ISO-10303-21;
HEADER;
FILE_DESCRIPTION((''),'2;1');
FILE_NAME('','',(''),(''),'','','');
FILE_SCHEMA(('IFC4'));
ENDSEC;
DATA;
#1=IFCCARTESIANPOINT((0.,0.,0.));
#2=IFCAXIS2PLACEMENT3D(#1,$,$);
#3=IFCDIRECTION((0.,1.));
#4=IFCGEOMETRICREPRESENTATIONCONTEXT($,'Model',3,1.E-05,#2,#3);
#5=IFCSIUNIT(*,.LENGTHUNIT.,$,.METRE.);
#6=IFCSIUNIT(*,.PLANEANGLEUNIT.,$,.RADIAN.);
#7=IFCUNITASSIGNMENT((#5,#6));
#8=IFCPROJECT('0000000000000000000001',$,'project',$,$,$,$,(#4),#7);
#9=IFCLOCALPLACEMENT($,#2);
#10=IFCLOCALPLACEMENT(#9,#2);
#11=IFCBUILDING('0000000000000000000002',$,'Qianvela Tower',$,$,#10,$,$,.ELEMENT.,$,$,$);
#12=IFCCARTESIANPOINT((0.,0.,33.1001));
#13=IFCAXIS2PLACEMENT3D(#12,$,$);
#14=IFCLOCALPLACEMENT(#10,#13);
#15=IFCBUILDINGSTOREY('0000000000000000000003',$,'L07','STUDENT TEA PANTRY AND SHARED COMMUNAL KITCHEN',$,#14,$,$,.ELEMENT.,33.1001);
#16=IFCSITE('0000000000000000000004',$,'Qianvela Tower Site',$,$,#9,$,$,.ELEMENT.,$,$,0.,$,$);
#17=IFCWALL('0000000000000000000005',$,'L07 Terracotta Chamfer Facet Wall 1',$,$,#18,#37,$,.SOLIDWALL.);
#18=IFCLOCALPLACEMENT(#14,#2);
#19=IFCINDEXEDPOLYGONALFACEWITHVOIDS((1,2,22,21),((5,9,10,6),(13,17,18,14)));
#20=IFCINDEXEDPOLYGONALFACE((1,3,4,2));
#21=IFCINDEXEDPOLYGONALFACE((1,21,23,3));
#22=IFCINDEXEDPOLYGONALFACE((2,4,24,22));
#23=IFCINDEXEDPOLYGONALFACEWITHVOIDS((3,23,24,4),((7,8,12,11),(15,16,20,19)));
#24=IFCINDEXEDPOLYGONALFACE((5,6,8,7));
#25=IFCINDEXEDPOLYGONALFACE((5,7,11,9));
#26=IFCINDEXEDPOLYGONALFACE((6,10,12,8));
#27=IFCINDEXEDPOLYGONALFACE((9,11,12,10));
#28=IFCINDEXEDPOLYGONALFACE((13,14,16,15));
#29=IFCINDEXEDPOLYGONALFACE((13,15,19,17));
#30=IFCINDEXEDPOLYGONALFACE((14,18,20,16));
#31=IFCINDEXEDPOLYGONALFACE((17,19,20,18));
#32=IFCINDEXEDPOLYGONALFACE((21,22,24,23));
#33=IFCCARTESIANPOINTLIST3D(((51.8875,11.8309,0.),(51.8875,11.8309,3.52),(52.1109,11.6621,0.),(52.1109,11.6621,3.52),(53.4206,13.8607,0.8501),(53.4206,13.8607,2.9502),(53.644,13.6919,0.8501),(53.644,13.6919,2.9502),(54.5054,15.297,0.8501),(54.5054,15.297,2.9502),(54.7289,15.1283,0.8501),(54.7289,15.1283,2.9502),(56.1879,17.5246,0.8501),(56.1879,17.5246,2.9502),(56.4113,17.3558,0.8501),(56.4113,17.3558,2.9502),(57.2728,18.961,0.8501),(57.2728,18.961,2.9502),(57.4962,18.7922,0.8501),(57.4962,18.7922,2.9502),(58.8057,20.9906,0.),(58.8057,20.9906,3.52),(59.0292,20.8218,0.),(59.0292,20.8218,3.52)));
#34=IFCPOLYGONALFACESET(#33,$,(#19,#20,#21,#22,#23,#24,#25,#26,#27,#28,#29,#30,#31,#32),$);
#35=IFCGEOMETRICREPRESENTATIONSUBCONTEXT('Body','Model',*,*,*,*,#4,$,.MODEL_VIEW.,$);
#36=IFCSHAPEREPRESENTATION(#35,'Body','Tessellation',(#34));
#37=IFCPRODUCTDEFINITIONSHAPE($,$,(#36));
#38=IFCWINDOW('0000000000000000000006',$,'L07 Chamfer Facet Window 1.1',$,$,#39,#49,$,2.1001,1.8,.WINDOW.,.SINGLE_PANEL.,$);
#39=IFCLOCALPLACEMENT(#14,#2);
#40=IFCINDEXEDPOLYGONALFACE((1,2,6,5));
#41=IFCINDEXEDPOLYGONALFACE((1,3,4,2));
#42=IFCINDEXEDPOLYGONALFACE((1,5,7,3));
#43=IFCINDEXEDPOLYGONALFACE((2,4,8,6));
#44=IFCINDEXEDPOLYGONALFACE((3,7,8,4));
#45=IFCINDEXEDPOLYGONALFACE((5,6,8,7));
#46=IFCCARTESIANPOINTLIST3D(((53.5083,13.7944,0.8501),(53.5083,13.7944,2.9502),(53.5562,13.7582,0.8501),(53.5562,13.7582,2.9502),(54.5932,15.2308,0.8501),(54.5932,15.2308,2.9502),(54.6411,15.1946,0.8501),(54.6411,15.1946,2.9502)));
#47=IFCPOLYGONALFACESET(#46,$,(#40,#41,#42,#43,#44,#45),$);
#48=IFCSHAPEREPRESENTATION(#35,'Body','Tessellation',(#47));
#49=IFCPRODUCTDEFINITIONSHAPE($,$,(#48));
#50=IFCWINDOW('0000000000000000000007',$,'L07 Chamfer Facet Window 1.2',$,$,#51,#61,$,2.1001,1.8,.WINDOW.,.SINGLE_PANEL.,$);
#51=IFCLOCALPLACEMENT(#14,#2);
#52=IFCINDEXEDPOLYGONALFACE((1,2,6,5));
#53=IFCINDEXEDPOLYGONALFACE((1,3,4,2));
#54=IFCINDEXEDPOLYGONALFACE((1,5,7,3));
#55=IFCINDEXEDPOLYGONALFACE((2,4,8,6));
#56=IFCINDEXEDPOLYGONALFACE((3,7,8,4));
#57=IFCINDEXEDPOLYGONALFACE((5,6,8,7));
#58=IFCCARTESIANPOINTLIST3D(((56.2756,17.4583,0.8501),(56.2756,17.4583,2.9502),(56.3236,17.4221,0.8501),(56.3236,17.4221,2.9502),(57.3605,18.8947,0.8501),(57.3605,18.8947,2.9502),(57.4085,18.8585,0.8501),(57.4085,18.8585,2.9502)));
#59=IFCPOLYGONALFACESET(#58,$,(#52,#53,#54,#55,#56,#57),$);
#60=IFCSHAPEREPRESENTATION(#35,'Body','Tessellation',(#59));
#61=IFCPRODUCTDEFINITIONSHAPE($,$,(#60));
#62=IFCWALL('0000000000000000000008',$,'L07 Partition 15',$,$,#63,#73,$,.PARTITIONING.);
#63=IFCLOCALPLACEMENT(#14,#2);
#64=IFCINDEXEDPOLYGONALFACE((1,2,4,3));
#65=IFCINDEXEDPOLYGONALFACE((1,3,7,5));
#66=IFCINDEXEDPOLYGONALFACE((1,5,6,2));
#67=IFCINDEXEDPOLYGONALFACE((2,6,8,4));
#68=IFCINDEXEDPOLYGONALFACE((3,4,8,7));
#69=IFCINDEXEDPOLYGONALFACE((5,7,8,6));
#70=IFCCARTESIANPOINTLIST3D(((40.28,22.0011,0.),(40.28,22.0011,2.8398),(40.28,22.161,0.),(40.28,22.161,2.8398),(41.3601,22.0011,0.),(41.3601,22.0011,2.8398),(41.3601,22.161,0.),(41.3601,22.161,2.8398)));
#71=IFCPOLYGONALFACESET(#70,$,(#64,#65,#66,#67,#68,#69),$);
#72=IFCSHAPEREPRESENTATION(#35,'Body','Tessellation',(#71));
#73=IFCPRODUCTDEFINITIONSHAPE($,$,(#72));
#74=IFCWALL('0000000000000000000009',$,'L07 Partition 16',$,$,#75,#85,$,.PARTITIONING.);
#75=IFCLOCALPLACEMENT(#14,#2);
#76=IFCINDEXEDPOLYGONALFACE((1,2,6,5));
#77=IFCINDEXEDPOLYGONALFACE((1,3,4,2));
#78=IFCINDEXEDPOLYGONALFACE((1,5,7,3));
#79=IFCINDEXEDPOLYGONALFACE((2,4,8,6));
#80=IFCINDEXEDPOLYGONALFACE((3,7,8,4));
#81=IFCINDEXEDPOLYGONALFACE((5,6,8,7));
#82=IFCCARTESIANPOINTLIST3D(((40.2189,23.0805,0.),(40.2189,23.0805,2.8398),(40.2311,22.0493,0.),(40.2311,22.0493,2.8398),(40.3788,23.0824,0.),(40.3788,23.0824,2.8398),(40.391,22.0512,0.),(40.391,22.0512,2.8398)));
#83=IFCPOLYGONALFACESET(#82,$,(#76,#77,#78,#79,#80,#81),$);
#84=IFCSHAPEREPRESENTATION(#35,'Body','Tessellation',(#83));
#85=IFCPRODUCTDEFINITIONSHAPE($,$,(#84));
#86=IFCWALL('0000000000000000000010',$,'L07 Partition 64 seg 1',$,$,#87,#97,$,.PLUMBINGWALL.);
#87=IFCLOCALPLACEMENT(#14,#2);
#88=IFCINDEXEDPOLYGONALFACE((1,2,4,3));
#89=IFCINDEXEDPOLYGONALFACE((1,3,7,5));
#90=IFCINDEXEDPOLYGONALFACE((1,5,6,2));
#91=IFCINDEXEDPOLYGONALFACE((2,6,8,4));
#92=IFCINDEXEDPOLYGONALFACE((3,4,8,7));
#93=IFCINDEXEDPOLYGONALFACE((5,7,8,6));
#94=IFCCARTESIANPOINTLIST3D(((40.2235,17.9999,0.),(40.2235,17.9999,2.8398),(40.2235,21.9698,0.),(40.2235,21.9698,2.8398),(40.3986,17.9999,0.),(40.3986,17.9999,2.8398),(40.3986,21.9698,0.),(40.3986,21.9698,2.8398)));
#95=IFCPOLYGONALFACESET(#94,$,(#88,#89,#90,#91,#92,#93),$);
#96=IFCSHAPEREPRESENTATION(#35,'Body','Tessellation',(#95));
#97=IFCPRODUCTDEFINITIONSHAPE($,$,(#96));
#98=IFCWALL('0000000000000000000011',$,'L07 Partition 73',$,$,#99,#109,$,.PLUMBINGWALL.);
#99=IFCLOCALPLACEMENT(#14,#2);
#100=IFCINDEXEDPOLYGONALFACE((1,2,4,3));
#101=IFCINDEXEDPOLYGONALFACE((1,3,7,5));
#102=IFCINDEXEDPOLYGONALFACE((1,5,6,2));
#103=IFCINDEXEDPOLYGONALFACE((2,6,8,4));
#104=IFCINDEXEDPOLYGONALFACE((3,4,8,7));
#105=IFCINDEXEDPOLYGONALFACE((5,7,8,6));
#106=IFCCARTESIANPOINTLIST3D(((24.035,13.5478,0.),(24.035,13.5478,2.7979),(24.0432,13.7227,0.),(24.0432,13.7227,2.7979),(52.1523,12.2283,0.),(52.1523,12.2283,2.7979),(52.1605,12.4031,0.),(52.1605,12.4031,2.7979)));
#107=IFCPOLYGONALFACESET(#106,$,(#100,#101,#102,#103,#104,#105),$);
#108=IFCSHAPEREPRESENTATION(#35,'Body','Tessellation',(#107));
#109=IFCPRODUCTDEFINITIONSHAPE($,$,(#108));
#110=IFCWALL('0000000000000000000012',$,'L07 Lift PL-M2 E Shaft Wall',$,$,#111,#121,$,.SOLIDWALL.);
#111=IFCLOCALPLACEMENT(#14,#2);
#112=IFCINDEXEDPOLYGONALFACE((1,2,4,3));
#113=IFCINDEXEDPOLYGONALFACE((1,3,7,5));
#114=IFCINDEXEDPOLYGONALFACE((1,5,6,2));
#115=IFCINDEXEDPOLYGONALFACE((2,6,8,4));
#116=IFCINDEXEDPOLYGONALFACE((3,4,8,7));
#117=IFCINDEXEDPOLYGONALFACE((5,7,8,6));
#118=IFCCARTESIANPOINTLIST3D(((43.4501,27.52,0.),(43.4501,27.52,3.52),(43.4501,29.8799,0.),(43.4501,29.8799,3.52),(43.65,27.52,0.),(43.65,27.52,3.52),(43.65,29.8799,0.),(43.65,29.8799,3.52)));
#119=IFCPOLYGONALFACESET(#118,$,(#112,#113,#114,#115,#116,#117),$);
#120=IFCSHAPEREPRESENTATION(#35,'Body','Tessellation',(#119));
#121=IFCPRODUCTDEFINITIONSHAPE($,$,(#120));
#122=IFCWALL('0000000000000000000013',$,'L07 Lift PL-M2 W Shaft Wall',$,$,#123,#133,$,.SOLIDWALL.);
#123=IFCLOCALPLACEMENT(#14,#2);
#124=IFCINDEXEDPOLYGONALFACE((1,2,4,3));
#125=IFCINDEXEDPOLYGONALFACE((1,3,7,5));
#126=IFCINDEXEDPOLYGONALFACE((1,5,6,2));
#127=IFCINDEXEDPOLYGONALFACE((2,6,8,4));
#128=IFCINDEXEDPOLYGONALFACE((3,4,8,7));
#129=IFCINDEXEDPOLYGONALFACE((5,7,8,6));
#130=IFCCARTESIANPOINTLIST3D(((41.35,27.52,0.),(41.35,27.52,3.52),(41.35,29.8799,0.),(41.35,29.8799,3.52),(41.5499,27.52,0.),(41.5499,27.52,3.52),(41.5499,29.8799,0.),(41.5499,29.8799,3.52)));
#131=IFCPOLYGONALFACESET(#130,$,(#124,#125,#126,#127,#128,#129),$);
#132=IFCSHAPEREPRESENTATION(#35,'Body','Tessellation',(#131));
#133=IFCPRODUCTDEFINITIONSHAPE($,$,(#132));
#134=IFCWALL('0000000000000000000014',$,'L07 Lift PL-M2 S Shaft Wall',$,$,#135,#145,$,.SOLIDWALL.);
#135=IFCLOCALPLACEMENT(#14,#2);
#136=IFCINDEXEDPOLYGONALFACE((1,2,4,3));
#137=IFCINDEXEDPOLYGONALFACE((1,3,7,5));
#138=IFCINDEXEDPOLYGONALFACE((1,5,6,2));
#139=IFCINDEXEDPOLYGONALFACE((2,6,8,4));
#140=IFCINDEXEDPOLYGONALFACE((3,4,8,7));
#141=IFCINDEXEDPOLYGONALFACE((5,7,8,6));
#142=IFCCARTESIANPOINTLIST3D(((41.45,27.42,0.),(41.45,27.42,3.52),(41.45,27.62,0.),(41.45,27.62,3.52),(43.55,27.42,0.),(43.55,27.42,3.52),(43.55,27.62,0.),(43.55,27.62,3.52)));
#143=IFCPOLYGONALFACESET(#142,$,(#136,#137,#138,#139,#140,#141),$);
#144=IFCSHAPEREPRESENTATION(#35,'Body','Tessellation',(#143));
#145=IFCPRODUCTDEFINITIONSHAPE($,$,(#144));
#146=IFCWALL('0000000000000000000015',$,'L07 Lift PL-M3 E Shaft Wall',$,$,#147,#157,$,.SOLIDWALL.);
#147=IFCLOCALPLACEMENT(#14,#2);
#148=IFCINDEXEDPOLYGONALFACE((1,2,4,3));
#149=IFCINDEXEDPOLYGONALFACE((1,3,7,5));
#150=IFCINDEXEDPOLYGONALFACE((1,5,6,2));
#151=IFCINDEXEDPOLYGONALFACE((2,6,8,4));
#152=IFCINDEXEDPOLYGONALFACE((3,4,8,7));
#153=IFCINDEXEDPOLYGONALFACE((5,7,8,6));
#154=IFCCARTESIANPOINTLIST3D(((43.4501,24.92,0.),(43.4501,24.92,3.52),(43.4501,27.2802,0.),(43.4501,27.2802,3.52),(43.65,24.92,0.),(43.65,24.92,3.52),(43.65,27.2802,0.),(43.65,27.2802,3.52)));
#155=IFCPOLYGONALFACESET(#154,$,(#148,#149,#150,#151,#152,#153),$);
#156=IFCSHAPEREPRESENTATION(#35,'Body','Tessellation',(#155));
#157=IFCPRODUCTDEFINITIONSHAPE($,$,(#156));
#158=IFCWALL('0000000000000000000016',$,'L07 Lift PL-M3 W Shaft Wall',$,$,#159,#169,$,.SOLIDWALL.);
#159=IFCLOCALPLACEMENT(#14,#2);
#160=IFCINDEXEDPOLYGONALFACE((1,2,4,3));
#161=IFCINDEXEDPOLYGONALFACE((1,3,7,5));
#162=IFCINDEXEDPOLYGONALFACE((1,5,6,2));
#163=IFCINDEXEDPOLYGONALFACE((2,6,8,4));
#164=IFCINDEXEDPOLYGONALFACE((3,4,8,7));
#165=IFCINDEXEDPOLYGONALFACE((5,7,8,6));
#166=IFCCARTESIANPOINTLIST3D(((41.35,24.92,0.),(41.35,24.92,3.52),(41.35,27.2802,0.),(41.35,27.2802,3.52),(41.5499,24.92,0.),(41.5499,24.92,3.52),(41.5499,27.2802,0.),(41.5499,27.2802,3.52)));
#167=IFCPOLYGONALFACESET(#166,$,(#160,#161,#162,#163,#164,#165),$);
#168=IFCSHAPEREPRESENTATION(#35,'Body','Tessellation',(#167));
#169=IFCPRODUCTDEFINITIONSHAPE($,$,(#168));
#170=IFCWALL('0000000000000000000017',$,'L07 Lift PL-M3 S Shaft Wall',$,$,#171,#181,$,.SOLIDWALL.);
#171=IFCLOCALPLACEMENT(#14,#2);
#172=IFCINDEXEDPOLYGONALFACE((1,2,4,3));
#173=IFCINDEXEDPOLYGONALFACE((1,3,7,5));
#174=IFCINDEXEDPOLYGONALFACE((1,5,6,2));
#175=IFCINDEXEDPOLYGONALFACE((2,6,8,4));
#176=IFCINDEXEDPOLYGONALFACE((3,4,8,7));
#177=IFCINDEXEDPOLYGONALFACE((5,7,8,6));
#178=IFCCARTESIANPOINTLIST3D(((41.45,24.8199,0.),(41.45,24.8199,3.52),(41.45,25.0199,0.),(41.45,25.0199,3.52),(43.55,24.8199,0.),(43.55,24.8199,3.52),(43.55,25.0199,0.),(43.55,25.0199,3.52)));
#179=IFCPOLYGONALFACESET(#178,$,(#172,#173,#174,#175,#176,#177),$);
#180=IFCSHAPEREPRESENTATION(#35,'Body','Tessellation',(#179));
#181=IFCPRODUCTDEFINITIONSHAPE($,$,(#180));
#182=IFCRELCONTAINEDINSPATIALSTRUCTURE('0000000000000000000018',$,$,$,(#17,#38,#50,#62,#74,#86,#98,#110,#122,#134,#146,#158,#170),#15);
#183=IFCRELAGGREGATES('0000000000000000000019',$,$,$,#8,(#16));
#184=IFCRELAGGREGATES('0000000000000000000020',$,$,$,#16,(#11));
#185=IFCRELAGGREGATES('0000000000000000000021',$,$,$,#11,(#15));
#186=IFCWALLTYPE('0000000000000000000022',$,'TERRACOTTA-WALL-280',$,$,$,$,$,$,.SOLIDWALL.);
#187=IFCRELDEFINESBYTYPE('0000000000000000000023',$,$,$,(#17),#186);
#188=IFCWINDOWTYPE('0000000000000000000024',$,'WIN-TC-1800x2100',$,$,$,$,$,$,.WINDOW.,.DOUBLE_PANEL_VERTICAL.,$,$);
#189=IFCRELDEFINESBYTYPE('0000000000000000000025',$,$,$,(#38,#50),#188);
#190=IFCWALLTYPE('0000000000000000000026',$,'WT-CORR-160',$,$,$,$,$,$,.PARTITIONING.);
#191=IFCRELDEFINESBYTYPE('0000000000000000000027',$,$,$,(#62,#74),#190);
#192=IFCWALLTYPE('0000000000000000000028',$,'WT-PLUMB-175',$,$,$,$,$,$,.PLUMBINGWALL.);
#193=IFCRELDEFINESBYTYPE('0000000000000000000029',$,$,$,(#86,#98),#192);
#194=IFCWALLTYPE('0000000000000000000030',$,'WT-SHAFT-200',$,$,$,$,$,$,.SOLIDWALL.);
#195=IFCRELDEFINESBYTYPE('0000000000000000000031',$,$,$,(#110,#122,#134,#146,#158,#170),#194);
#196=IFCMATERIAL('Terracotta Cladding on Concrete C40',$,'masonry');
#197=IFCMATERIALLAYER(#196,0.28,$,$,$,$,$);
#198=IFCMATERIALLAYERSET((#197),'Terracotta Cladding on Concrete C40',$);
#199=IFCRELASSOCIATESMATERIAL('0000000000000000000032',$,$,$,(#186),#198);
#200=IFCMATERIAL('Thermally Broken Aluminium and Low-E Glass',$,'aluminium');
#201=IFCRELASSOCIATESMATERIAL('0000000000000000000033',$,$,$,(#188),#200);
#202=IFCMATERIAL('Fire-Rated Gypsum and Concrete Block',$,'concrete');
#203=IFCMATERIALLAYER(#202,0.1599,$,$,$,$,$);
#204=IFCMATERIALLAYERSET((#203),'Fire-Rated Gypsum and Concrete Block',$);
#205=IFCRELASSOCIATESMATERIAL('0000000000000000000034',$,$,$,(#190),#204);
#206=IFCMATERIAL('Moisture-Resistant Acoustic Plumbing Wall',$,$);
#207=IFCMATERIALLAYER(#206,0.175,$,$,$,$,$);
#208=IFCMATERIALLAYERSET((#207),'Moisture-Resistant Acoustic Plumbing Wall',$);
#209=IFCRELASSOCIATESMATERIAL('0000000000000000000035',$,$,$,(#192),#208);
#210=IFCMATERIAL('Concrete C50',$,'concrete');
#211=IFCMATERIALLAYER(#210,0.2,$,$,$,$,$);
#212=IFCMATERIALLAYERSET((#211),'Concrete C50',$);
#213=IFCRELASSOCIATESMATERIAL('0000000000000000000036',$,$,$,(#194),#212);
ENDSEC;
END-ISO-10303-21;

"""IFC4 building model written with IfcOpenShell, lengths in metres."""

from ifc_helpers import new_model, si_unit, direction, frame, frame_2d, origin, place, context, subcontext, project, spatial, rectangle, extrude, material, layer, layer_set, type_object, element, fill, save


model = new_model("IFC4")

# Units and contexts
model_context = context("Model", 3, precision=1e-05, world=origin(), true_north=direction((0.0, 1.0)))
body_context = subcontext(model_context, "Body", "Model", "MODEL_VIEW")
ifc_project = project(units=[si_unit("LENGTHUNIT", "METRE"), si_unit("PLANEANGLEUNIT", "RADIAN")], contexts=[model_context])

# Site, building, storey
site_placement = place(None, origin())
site = spatial("IfcSite", under=ifc_project, at=site_placement, Name="Qianvela Tower Site", CompositionType="ELEMENT", RefElevation=0.0)
building_placement = place(site_placement, origin())
building = spatial("IfcBuilding", under=site, at=building_placement, Name="Qianvela Tower", CompositionType="ELEMENT")
storey_placement = place(building_placement, frame((0.0, 0.0, 33.1001)))
storey = spatial("IfcBuildingStorey", under=building, at=storey_placement, Name="L07", Description="STUDENT TEA PANTRY AND SHARED COMMUNAL KITCHEN", CompositionType="ELEMENT", Elevation=33.1001)

# Wall, openings, windows
ifc_material_1 = material(Name="Terracotta Cladding on Concrete C40", Category="masonry")
ifc_layer_1 = layer(ifc_material_1, 0.28)
ifc_layer_set_1 = layer_set([ifc_layer_1], Name="Terracotta Cladding on Concrete C40")
wall_type_1 = type_object("IfcWallType", Name="TERRACOTTA-WALL-280", PredefinedType="SOLIDWALL", material=ifc_layer_set_1)
wall_1_placement = place(storey_placement, frame((51.9993, 11.7466, 0.0), z_axis=(0.0, 0.0, 1.0), x_axis=(0.602699, 0.797969, 0.0)))
wall_1 = element("IfcWall", 1, at=wall_1_placement, inside=storey, type_object=wall_type_1, Name="L07 Terracotta Chamfer Facet Wall 1", PredefinedType="SOLIDWALL", context=body_context, shape_type="SweptSolid", body=[
    extrude(rectangle(XDim=11.4788, YDim=0.28, at=frame_2d((5.7393, 0.0))), origin(), (0.0, 0.0, 1.0), 3.52),
])
opening_1_placement = place(wall_1_placement, frame((2.5437, 0.0, 0.8501)))
opening_1 = element("IfcOpeningElement", 2, at=opening_1_placement, cuts=wall_1, PredefinedType="OPENING", context=body_context, shape_type="SweptSolid", body=[
    extrude(rectangle(XDim=1.8, YDim=2.1001, at=frame_2d((0.8999, 1.05))), frame((0.0, 0.1499, 0.0), z_axis=(0.0, -1.0, 0.0), x_axis=(1.0, 0.0, 0.0)), (0.0, 0.0, 1.0), 0.3),
])
opening_2_placement = place(wall_1_placement, frame((7.1353, 0.0, 0.8501)))
opening_2 = element("IfcOpeningElement", 3, at=opening_2_placement, cuts=wall_1, PredefinedType="OPENING", context=body_context, shape_type="SweptSolid", body=[
    extrude(rectangle(XDim=1.8, YDim=2.1001, at=frame_2d((0.8999, 1.05))), frame((0.0, 0.1499, 0.0), z_axis=(0.0, -1.0, 0.0), x_axis=(1.0, 0.0, 0.0)), (0.0, 0.0, 1.0), 0.3),
])
ifc_material_2 = material(Name="Thermally Broken Aluminium and Low-E Glass", Category="aluminium")
window_type = type_object("IfcWindowType", Name="WIN-TC-1800x2100", PartitioningType="DOUBLE_PANEL_VERTICAL", PredefinedType="WINDOW", material=ifc_material_2)
window_1_placement = place(opening_1_placement, origin())
window_1 = element("IfcWindow", 4, at=window_1_placement, inside=storey, type_object=window_type, Name="L07 Chamfer Facet Window 1.1", OverallHeight=2.1001, OverallWidth=1.8, PartitioningType="SINGLE_PANEL", PredefinedType="WINDOW", context=body_context, shape_type="SweptSolid", body=[
    extrude(rectangle(XDim=1.8, YDim=2.1001, at=frame_2d((0.8999, 1.05))), frame((0.0, 0.03, 0.0), z_axis=(0.0, -1.0, 0.0), x_axis=(1.0, 0.0, 0.0)), (0.0, 0.0, 1.0), 0.0601),
])
fill(opening_1, window_1)
window_2_placement = place(opening_2_placement, origin())
window_2 = element("IfcWindow", 5, at=window_2_placement, inside=storey, type_object=window_type, Name="L07 Chamfer Facet Window 1.2", OverallHeight=2.1001, OverallWidth=1.8, PartitioningType="SINGLE_PANEL", PredefinedType="WINDOW", context=body_context, shape_type="SweptSolid", body=[
    extrude(rectangle(XDim=1.8, YDim=2.1001, at=frame_2d((0.8999, 1.05))), frame((0.0, 0.03, 0.0), z_axis=(0.0, -1.0, 0.0), x_axis=(1.0, 0.0, 0.0)), (0.0, 0.0, 1.0), 0.0601),
])
fill(opening_2, window_2)

# Walls
ifc_material_3 = material(Name="Fire-Rated Gypsum and Concrete Block", Category="concrete")
ifc_layer_2 = layer(ifc_material_3, 0.1599)
ifc_layer_set_2 = layer_set([ifc_layer_2], Name="Fire-Rated Gypsum and Concrete Block")
wall_type_2 = type_object("IfcWallType", Name="WT-CORR-160", PredefinedType="PARTITIONING", material=ifc_layer_set_2)
wall_2_placement = place(storey_placement, frame((41.3601, 22.0811, 0.0), z_axis=(0.0, 0.0, 1.0), x_axis=(-1.0, 0.0, 0.0)))
element("IfcWall", 6, at=wall_2_placement, inside=storey, type_object=wall_type_2, Name="L07 Partition 15", PredefinedType="PARTITIONING", context=body_context, shape_type="SweptSolid", body=[
    extrude(rectangle(XDim=1.0801, YDim=0.1599, at=frame_2d((0.54, 0.0))), origin(), (0.0, 0.0, 1.0), 2.8398),
])
wall_3_placement = place(storey_placement, frame((40.311, 22.0503, 0.0), z_axis=(0.0, 0.0, 1.0), x_axis=(-0.011836, 0.99993, 0.0)))
element("IfcWall", 7, at=wall_3_placement, inside=storey, type_object=wall_type_2, Name="L07 Partition 16", PredefinedType="PARTITIONING", context=body_context, shape_type="SweptSolid", body=[
    extrude(rectangle(XDim=1.0312, YDim=0.1599, at=frame_2d((0.5156, 0.0))), origin(), (0.0, 0.0, 1.0), 2.8398),
])
ifc_material_4 = material(Name="Moisture-Resistant Acoustic Plumbing Wall")
ifc_layer_3 = layer(ifc_material_4, 0.175)
ifc_layer_set_3 = layer_set([ifc_layer_3], Name="Moisture-Resistant Acoustic Plumbing Wall")
wall_type_3 = type_object("IfcWallType", Name="WT-PLUMB-175", PredefinedType="PLUMBINGWALL", material=ifc_layer_set_3)
wall_4_placement = place(storey_placement, frame((40.311, 18.0, 0.0), z_axis=(0.0, 0.0, 1.0), x_axis=(0.0, 1.0, 0.0)))
element("IfcWall", 8, at=wall_4_placement, inside=storey, type_object=wall_type_3, Name="L07 Partition 64 seg 1", PredefinedType="PLUMBINGWALL", context=body_context, shape_type="SweptSolid", body=[
    extrude(rectangle(XDim=3.97, YDim=0.175, at=frame_2d((1.9849, 0.0))), origin(), (0.0, 0.0, 1.0), 2.8398),
])
wall_5_placement = place(storey_placement, frame((52.1565, 12.3157, 0.0), z_axis=(0.0, 0.0, 1.0), x_axis=(-0.998901, 0.04688, 0.0)))
element("IfcWall", 9, at=wall_5_placement, inside=storey, type_object=wall_type_3, Name="L07 Partition 73", PredefinedType="PLUMBINGWALL", context=body_context, shape_type="SweptSolid", body=[
    extrude(rectangle(XDim=28.1482, YDim=0.175, at=frame_2d((14.0742, 0.0))), origin(), (0.0, 0.0, 1.0), 2.7979),
])
ifc_material_5 = material(Name="Concrete C50", Category="concrete")
ifc_layer_4 = layer(ifc_material_5, 0.2)
ifc_layer_set_4 = layer_set([ifc_layer_4], Name="Concrete C50")
wall_type_4 = type_object("IfcWallType", Name="WT-SHAFT-200", PredefinedType="SOLIDWALL", material=ifc_layer_set_4)
for number, where, z_axis, x_axis, name in (
    (10, (43.55, 27.52, 0.0), (0.0, 0.0, 1.0), (0.0, 1.0, 0.0), "L07 Lift PL-M2 E Shaft Wall"),
    (11, (41.45, 27.52, 0.0), (0.0, 0.0, 1.0), (0.0, 1.0, 0.0), "L07 Lift PL-M2 W Shaft Wall"),
):
    element("IfcWall", number, at=place(storey_placement, frame(where, z_axis=z_axis, x_axis=x_axis)), inside=storey, type_object=wall_type_4, Name=name, PredefinedType="SOLIDWALL", context=body_context, shape_type="SweptSolid", body=[
        extrude(rectangle(XDim=2.3599, YDim=0.2, at=frame_2d((1.1799, 0.0))), origin(), (0.0, 0.0, 1.0), 3.52),
    ])
wall_6_placement = place(storey_placement, frame((41.45, 27.52, 0.0), z_axis=(0.0, 0.0, 1.0), x_axis=(1.0, 0.0, 0.0)))
element("IfcWall", 12, at=wall_6_placement, inside=storey, type_object=wall_type_4, Name="L07 Lift PL-M2 S Shaft Wall", PredefinedType="SOLIDWALL", context=body_context, shape_type="SweptSolid", body=[
    extrude(rectangle(XDim=2.1001, YDim=0.2, at=frame_2d((1.05, 0.0))), origin(), (0.0, 0.0, 1.0), 3.52),
])
for number, where, z_axis, x_axis, name in (
    (13, (43.55, 24.9199, 0.0), (0.0, 0.0, 1.0), (0.0, 1.0, 0.0), "L07 Lift PL-M3 E Shaft Wall"),
    (14, (41.45, 24.9199, 0.0), (0.0, 0.0, 1.0), (0.0, 1.0, 0.0), "L07 Lift PL-M3 W Shaft Wall"),
):
    element("IfcWall", number, at=place(storey_placement, frame(where, z_axis=z_axis, x_axis=x_axis)), inside=storey, type_object=wall_type_4, Name=name, PredefinedType="SOLIDWALL", context=body_context, shape_type="SweptSolid", body=[
        extrude(rectangle(XDim=2.3601, YDim=0.2, at=frame_2d((1.1802, 0.0))), origin(), (0.0, 0.0, 1.0), 3.52),
    ])
wall_7_placement = place(storey_placement, frame((41.45, 24.9199, 0.0), z_axis=(0.0, 0.0, 1.0), x_axis=(1.0, 0.0, 0.0)))
element("IfcWall", 15, at=wall_7_placement, inside=storey, type_object=wall_type_4, Name="L07 Lift PL-M3 S Shaft Wall", PredefinedType="SOLIDWALL", context=body_context, shape_type="SweptSolid", body=[
    extrude(rectangle(XDim=2.1001, YDim=0.2, at=frame_2d((1.05, 0.0))), origin(), (0.0, 0.0, 1.0), 3.52),
])

save(model, "model.ifc")
